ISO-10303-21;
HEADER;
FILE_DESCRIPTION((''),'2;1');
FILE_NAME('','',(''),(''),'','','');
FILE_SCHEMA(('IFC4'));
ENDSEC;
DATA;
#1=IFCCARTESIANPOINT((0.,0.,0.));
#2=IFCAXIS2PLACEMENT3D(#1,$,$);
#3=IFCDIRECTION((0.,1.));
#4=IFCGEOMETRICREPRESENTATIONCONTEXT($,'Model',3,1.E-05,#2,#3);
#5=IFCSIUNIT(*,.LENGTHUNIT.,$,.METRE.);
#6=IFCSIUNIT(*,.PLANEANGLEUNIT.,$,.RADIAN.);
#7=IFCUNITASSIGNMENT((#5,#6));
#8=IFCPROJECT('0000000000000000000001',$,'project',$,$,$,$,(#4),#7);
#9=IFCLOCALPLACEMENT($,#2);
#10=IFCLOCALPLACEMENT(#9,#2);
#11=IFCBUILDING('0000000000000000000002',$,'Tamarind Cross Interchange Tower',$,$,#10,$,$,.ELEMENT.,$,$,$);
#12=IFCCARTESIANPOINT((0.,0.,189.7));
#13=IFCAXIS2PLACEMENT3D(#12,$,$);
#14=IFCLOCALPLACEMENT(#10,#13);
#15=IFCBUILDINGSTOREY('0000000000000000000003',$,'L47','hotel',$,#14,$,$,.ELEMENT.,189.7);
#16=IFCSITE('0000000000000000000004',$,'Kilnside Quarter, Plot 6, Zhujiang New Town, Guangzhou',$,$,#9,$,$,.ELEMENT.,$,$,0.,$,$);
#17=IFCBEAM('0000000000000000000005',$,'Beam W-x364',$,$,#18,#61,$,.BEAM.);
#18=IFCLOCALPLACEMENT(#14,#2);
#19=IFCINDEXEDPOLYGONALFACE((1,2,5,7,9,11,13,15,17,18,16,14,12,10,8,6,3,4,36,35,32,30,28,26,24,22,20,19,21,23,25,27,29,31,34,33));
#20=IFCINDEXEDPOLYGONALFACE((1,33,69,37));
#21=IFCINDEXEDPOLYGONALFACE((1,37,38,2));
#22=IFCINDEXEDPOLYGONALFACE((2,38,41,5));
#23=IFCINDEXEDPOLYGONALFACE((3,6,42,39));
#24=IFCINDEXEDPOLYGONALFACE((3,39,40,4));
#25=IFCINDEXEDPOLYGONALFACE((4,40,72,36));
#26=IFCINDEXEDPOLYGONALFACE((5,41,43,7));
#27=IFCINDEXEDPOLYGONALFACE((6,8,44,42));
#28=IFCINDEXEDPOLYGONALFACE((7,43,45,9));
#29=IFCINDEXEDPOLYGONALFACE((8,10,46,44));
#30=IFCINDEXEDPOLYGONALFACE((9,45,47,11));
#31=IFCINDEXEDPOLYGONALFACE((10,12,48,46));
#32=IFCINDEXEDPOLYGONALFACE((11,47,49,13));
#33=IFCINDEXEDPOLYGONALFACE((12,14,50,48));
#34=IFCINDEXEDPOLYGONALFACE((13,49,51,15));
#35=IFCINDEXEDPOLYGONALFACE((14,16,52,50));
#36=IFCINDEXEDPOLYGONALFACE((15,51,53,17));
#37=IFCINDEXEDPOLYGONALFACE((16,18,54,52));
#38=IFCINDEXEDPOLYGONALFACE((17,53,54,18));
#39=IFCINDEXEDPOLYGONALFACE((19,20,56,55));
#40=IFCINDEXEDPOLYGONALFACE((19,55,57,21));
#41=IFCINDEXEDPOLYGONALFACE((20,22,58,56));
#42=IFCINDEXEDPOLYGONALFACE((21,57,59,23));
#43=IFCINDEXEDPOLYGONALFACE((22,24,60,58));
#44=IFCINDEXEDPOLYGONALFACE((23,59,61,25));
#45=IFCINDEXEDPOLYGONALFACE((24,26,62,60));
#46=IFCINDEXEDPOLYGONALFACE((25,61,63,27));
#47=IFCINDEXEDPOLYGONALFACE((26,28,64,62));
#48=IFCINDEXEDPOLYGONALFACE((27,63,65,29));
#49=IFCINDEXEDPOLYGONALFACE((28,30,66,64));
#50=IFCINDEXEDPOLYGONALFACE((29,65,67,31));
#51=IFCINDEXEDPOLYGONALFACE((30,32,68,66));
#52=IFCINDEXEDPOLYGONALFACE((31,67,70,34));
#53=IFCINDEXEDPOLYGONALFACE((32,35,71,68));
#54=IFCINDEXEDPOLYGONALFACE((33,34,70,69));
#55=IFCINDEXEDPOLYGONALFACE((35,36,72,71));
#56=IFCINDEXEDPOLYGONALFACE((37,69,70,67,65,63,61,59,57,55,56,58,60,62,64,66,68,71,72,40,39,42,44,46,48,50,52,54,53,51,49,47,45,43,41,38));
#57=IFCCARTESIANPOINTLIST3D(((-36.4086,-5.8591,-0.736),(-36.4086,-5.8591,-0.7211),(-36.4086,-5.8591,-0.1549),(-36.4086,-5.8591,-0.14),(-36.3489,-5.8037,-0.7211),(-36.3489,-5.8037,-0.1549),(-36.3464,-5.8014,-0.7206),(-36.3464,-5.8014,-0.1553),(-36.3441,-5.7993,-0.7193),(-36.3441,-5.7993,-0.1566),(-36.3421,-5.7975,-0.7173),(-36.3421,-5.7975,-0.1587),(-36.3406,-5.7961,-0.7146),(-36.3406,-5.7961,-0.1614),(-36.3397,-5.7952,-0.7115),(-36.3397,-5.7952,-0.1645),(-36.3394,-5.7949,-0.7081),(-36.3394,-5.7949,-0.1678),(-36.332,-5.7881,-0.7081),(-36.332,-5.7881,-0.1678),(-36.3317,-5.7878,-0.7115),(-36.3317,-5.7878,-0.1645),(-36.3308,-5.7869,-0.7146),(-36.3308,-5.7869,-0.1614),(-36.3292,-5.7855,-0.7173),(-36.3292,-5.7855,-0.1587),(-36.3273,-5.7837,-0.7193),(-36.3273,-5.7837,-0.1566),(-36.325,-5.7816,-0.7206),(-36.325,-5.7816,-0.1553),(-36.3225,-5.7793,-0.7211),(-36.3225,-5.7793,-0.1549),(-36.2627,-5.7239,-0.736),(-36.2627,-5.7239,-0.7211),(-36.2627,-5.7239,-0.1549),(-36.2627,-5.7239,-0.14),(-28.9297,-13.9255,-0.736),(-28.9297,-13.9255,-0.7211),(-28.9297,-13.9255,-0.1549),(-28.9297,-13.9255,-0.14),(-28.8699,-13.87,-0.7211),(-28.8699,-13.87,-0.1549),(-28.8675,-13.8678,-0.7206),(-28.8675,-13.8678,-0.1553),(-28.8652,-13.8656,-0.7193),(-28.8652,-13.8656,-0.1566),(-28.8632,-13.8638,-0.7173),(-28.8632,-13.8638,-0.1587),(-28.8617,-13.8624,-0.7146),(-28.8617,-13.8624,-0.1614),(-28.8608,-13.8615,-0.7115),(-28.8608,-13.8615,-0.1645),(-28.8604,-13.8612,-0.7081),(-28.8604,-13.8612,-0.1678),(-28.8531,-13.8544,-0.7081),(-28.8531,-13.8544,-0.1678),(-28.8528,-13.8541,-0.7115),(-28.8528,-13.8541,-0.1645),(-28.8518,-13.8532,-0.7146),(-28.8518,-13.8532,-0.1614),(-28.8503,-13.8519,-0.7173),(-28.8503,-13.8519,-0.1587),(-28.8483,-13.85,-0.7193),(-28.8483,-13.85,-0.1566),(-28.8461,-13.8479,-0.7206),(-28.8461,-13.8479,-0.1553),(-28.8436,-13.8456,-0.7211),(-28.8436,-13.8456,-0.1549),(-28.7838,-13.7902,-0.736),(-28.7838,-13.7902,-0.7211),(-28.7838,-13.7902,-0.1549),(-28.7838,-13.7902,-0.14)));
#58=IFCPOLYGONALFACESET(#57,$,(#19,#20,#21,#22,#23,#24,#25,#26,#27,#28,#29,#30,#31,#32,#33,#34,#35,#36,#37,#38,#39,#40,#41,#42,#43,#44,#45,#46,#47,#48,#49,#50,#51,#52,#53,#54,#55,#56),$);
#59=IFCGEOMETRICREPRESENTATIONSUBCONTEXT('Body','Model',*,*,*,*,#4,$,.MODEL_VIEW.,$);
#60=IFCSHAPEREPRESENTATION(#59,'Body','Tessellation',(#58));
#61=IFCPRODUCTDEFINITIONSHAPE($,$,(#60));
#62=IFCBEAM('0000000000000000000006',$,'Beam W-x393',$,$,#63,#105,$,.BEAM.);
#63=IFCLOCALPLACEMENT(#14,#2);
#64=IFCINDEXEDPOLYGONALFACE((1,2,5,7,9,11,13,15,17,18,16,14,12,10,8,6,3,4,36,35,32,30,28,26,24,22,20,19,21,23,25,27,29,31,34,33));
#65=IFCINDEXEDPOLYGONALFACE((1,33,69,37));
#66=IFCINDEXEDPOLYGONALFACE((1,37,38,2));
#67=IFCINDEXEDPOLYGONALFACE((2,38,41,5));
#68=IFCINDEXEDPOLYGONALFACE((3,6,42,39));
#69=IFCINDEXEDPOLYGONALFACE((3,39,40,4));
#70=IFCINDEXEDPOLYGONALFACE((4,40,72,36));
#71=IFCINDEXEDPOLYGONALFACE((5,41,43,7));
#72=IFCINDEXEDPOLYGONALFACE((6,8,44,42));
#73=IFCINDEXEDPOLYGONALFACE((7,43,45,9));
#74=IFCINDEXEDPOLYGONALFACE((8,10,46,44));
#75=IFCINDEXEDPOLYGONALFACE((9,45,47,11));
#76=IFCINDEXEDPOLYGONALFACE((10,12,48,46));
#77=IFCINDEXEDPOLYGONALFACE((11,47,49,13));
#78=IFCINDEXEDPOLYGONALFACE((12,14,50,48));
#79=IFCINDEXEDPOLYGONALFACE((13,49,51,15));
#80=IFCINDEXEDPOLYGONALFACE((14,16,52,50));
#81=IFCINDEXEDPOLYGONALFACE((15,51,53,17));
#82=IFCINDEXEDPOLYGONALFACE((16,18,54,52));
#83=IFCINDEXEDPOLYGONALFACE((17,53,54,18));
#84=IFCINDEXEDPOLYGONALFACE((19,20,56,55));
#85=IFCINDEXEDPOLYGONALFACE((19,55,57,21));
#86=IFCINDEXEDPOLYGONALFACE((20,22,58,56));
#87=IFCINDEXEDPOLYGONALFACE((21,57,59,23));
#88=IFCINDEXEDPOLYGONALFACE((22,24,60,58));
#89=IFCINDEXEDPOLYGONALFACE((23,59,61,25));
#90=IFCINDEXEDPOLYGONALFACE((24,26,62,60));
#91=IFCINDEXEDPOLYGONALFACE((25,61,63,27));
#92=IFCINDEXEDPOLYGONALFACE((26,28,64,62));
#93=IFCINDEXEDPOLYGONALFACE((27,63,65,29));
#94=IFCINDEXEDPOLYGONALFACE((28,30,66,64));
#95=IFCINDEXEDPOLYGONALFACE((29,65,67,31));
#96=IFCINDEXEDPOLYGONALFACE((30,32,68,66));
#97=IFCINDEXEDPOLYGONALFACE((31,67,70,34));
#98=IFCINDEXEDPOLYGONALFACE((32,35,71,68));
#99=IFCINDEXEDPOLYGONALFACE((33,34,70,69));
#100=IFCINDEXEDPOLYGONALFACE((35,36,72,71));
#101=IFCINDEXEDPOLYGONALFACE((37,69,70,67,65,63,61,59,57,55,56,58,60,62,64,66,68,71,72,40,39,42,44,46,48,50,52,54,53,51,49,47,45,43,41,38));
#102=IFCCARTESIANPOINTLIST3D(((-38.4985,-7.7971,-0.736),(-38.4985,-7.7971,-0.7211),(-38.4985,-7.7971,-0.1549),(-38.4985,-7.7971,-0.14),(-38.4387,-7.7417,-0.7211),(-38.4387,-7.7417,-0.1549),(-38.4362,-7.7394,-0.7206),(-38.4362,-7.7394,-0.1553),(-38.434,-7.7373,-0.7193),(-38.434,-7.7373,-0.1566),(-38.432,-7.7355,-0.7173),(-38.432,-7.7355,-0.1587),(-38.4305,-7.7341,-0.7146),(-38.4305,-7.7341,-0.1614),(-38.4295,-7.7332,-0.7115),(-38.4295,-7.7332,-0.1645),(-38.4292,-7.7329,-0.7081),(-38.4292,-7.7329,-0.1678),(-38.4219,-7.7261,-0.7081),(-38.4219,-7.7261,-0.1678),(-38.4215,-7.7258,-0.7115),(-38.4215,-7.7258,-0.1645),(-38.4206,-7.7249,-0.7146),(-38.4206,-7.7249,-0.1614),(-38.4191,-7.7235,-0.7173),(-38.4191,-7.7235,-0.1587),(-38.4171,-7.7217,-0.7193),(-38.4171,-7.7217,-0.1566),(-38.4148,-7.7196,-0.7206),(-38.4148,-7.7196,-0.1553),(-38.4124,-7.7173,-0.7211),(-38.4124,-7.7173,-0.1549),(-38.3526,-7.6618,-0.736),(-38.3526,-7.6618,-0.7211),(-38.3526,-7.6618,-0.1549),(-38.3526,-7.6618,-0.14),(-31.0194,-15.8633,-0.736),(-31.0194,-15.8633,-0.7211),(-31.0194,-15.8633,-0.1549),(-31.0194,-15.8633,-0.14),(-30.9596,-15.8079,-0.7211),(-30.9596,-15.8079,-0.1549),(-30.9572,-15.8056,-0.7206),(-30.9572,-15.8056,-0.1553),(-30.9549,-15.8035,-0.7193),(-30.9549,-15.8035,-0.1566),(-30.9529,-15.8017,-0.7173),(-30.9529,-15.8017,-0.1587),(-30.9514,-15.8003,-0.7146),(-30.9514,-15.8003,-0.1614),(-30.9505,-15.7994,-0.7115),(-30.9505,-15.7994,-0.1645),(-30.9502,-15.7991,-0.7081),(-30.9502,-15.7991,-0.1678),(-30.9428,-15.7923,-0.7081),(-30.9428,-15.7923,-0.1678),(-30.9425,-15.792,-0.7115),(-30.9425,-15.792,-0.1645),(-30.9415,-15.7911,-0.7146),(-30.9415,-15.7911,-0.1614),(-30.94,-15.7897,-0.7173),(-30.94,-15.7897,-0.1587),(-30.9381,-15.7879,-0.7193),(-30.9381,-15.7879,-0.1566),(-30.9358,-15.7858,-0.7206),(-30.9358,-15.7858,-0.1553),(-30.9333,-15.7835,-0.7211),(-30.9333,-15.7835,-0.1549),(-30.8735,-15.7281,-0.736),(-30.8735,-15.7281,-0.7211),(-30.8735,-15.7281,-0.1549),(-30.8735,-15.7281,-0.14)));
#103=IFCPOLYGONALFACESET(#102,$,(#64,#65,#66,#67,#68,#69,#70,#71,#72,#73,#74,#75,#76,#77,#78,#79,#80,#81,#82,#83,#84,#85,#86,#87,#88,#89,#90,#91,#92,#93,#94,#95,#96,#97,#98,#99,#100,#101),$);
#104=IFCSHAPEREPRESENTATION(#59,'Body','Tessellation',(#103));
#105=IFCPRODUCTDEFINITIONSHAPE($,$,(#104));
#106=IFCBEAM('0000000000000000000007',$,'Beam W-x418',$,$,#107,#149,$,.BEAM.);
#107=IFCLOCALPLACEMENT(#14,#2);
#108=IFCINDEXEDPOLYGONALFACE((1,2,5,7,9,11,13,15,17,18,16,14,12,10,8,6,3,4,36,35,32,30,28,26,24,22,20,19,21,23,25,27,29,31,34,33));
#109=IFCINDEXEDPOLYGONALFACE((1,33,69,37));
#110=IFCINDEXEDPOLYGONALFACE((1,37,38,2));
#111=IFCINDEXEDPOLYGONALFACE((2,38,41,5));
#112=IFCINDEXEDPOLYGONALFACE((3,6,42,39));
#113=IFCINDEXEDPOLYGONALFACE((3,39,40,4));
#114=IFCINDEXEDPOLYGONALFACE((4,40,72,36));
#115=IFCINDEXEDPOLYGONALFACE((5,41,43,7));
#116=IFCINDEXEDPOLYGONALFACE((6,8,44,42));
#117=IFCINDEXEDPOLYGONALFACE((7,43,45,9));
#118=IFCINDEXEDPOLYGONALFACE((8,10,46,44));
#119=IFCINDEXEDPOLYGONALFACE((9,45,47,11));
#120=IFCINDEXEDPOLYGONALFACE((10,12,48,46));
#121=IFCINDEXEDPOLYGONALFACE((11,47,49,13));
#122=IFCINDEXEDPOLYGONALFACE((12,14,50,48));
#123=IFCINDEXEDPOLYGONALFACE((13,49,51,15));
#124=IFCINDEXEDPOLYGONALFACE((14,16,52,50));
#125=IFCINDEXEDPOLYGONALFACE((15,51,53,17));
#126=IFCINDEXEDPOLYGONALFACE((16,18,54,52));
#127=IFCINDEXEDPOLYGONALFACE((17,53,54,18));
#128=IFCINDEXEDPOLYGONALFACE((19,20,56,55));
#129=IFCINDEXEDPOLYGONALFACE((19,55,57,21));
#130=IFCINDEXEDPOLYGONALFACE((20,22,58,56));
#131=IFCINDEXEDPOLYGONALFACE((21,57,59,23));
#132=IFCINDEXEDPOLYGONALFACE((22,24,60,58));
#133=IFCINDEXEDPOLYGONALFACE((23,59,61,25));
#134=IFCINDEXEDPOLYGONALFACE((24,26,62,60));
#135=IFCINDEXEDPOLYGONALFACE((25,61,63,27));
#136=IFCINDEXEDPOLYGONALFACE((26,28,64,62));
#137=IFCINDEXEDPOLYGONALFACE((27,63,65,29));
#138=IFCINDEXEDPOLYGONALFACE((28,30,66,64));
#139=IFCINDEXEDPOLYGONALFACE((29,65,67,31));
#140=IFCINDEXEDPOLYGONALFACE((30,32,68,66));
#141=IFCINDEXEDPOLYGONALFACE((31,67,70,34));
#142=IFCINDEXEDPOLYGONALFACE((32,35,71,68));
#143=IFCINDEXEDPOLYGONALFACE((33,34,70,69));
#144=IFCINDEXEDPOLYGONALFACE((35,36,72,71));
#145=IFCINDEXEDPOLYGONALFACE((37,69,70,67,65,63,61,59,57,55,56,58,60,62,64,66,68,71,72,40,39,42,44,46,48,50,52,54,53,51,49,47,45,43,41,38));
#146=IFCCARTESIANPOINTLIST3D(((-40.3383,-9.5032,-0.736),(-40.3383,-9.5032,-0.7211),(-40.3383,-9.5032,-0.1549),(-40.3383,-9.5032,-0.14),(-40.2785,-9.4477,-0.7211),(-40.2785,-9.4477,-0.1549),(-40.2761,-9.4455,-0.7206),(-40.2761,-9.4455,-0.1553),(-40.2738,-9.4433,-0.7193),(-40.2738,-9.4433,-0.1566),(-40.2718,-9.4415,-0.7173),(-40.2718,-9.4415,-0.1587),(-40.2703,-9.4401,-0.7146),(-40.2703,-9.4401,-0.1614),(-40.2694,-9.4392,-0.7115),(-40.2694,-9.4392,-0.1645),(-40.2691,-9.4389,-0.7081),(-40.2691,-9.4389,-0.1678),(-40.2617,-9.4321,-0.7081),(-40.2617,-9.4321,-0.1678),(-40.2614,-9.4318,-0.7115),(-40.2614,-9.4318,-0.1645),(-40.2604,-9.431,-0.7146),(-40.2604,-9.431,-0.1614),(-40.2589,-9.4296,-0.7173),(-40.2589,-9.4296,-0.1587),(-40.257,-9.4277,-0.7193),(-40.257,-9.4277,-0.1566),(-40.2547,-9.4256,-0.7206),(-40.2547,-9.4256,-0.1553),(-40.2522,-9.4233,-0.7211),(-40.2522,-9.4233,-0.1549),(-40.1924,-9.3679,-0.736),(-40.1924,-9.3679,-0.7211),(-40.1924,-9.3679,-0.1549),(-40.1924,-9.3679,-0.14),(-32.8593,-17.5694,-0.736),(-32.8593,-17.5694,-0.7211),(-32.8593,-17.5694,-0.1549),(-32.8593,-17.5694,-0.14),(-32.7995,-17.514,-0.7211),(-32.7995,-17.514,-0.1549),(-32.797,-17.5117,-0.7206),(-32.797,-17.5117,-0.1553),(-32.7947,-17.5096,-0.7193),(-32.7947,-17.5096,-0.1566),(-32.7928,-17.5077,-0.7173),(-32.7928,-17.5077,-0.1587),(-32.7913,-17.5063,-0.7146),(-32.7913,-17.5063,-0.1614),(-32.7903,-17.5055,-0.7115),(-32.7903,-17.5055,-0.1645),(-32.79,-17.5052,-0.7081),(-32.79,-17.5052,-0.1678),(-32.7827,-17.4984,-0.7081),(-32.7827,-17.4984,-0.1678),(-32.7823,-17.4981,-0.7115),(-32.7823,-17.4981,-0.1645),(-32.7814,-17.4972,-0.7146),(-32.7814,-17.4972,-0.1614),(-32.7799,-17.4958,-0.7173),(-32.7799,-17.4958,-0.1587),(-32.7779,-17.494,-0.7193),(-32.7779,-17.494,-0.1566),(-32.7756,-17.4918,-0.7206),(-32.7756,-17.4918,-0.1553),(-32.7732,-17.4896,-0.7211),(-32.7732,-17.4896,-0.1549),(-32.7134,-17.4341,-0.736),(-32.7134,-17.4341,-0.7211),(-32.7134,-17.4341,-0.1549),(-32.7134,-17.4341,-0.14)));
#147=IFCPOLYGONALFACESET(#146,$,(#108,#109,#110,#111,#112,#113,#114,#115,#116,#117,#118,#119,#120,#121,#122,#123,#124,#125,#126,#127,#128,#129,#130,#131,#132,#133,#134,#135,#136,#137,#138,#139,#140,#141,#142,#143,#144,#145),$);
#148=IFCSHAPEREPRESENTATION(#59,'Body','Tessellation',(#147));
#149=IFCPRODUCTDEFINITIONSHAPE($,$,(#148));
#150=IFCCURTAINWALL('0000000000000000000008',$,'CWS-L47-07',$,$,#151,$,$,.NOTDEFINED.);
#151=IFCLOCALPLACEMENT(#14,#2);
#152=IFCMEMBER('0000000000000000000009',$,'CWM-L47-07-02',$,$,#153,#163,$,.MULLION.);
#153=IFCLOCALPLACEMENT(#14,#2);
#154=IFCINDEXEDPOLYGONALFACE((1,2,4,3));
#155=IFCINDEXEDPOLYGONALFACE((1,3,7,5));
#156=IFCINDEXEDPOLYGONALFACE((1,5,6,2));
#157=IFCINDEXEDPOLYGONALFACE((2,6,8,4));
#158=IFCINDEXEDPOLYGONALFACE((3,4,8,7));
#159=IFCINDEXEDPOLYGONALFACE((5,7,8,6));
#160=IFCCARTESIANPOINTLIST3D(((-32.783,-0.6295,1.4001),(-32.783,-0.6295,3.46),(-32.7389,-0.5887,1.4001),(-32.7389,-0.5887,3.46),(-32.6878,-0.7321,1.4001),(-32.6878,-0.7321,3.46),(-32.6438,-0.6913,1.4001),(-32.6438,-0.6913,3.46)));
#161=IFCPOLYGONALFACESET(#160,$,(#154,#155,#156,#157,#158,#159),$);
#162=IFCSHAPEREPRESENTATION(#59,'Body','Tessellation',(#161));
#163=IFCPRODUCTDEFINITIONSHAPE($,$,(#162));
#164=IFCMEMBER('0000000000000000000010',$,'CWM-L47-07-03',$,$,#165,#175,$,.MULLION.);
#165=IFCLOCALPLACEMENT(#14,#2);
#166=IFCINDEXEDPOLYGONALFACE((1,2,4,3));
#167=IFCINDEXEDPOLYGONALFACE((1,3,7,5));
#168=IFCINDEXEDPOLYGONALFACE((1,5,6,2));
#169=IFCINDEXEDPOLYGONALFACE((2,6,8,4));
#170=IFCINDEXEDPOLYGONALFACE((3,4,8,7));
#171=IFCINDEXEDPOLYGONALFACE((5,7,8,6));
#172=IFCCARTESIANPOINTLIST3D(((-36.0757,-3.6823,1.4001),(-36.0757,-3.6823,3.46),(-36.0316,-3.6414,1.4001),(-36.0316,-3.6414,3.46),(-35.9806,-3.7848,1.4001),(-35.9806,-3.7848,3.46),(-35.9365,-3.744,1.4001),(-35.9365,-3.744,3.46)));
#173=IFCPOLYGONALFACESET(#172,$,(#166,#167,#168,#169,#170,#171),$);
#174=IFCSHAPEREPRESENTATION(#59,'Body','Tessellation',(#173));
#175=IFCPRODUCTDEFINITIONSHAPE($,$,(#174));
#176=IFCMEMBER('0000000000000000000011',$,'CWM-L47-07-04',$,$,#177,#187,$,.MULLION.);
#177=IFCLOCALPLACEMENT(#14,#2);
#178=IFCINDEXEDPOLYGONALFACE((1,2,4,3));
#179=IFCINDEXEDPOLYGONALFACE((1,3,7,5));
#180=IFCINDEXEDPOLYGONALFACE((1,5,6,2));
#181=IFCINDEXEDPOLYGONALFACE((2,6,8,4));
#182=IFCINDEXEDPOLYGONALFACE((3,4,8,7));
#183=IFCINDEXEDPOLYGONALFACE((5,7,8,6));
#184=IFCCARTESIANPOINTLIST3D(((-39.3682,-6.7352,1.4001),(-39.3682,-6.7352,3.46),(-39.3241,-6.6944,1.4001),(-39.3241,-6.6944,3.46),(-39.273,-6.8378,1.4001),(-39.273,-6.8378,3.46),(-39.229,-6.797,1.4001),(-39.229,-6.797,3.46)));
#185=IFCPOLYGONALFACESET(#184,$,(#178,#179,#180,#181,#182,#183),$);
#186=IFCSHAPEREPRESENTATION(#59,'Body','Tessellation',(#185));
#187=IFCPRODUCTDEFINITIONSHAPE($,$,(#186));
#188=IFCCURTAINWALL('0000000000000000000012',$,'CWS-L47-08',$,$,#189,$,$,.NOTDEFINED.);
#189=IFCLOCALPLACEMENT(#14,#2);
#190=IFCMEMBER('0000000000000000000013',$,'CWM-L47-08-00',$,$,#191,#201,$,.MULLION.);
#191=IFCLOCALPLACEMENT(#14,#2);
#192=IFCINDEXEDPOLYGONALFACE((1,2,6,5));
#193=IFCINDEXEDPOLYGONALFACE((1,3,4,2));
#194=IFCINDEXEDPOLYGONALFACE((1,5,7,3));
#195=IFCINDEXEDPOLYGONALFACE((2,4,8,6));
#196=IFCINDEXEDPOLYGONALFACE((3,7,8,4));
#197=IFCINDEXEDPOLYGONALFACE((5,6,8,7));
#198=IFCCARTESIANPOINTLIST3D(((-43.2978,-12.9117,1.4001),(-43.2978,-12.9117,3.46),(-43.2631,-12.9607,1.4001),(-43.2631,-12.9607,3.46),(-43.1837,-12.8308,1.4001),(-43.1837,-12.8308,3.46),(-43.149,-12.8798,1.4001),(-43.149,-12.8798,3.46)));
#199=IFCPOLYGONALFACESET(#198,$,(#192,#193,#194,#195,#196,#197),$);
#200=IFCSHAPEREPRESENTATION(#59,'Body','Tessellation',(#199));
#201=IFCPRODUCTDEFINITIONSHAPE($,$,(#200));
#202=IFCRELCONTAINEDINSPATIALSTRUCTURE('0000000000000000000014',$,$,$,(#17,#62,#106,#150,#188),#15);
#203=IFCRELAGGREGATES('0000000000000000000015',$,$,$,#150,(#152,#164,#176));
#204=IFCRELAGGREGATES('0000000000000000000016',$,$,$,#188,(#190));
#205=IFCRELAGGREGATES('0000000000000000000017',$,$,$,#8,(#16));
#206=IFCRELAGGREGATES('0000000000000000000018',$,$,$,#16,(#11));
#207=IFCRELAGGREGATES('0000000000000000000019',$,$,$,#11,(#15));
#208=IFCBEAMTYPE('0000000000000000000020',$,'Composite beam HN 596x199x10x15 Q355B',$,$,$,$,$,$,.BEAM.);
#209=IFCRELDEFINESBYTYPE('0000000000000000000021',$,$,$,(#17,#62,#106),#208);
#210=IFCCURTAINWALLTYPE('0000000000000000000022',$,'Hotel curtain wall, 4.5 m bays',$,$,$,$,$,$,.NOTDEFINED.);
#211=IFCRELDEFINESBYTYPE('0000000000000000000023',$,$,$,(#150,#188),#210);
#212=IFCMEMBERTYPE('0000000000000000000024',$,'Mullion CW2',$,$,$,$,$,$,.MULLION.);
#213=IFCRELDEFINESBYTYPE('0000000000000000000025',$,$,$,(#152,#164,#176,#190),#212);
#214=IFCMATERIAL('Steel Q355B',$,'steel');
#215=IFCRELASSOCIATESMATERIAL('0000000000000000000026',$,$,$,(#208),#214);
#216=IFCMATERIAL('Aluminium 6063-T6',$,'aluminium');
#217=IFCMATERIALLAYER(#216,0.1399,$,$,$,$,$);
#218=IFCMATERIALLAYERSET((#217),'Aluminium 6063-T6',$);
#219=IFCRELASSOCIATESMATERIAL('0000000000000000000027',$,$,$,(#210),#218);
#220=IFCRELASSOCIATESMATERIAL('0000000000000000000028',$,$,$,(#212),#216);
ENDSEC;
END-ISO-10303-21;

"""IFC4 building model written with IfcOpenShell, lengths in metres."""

from ifc_helpers import new_model, si_unit, direction, frame, origin, origin_2d, place, context, subcontext, project, spatial, rectangle, i_section, extrude, material, layer, layer_set, material_profile, profile_set, type_object, element, aggregate, save


model = new_model("IFC4")

# Units and contexts
model_context = context("Model", 3, precision=1e-05, world=origin(), true_north=direction((0.0, 1.0)))
body_context = subcontext(model_context, "Body", "Model", "MODEL_VIEW")
ifc_project = project(units=[si_unit("LENGTHUNIT", "METRE"), si_unit("PLANEANGLEUNIT", "RADIAN")], contexts=[model_context])

# Site, building, storey
site_placement = place(None, origin())
site = spatial("IfcSite", under=ifc_project, at=site_placement, Name="Kilnside Quarter, Plot 6, Zhujiang New Town, Guangzhou", CompositionType="ELEMENT", RefElevation=0.0)
building_placement = place(site_placement, origin())
building = spatial("IfcBuilding", under=site, at=building_placement, Name="Tamarind Cross Interchange Tower", CompositionType="ELEMENT")
storey_placement = place(building_placement, frame((0.0, 0.0, 189.7)))
storey = spatial("IfcBuildingStorey", under=building, at=storey_placement, Name="L47", Description="hotel", CompositionType="ELEMENT", Elevation=189.7)

# Beams
ifc_material_1 = material(Name="Steel Q355B", Category="steel")
ifc_material_profile_1 = material_profile(ifc_material_1, i_section(OverallWidth=0.199, OverallDepth=0.5959, WebThickness=0.01, FlangeThickness=0.0149, FilletRadius=0.0129, at=origin_2d()), Name="HN 596x199x10x15")
ifc_profile_set_1 = profile_set([ifc_material_profile_1], Name="Steel Q355B")
beam_type_1 = type_object("IfcBeamType", Name="Composite beam HN 596x199x10x15 Q355B", PredefinedType="BEAM", material=ifc_profile_set_1)
for number, where, z_axis, x_axis, name in (
    (1, (-36.3357, -5.7915, -0.438), (0.679903, -0.733302, 0.0), (0.733302, 0.679903, 0.0), "Beam W-x364"),
    (2, (-38.4255, -7.7295, -0.438), (0.679914, -0.733292, 0.0), (0.733292, 0.679914, 0.0), "Beam W-x393"),
    (3, (-40.2654, -9.4355, -0.438), (0.679914, -0.733292, 0.0), (0.733292, 0.679914, 0.0), "Beam W-x418"),
):
    element("IfcBeam", number, at=place(storey_placement, frame(where, z_axis=z_axis, x_axis=x_axis)), inside=storey, type_object=beam_type_1, Name=name, PredefinedType="BEAM", context=body_context, shape_type="SweptSolid", body=[
        extrude(i_section(OverallWidth=0.199, OverallDepth=0.5959, WebThickness=0.01, FlangeThickness=0.0149, FilletRadius=0.0129, at=origin_2d()), origin(), (0.0, 0.0, 1.0), 11.0),
    ])

# Curtain walls, members
ifc_material_2 = material(Name="Aluminium 6063-T6", Category="aluminium")
ifc_layer_1 = layer(ifc_material_2, 0.1399)
ifc_layer_set_1 = layer_set([ifc_layer_1], Name="Aluminium 6063-T6")
curtain_wall_type = type_object("IfcCurtainWallType", Name="Hotel curtain wall, 4.5 m bays", PredefinedType="NOTDEFINED", material=ifc_layer_set_1)
curtain_wall_1_placement = place(storey_placement, origin())
curtain_wall_1 = element("IfcCurtainWall", 4, at=curtain_wall_1_placement, inside=storey, type_object=curtain_wall_type, Name="CWS-L47-07", PredefinedType="NOTDEFINED")
ifc_material_profile_2 = material_profile(ifc_material_2, rectangle(XDim=0.0601, YDim=0.1399, at=origin_2d()), Name="Mullion CW2")
ifc_profile_set_2 = profile_set([ifc_material_profile_2], Name="Aluminium 6063-T6")
member_type = type_object("IfcMemberType", Name="Mullion CW2", PredefinedType="MULLION", material=ifc_profile_set_2)
member_1_placement = place(storey_placement, frame((-32.7134, -0.6604, 1.4001), z_axis=(0.0, 0.0, 1.0), x_axis=(-0.733293, -0.679912, 0.0)))
member_1 = element("IfcMember", 5, at=member_1_placement, type_object=member_type, Name="CWM-L47-07-02", PredefinedType="MULLION", context=body_context, shape_type="SweptSolid", body=[
    extrude(rectangle(XDim=0.0601, YDim=0.1399, at=origin_2d()), origin(), (0.0, 0.0, 1.0), 2.0598),
])
member_2_placement = place(storey_placement, frame((-36.0061, -3.7131, 1.4001), z_axis=(0.0, 0.0, 1.0), x_axis=(-0.733293, -0.679912, 0.0)))
member_2 = element("IfcMember", 6, at=member_2_placement, type_object=member_type, Name="CWM-L47-07-03", PredefinedType="MULLION", context=body_context, shape_type="SweptSolid", body=[
    extrude(rectangle(XDim=0.0601, YDim=0.1399, at=origin_2d()), origin(), (0.0, 0.0, 1.0), 2.0598),
])
member_3_placement = place(storey_placement, frame((-39.2986, -6.7661, 1.4001), z_axis=(0.0, 0.0, 1.0), x_axis=(-0.733293, -0.679912, 0.0)))
member_3 = element("IfcMember", 7, at=member_3_placement, type_object=member_type, Name="CWM-L47-07-04", PredefinedType="MULLION", context=body_context, shape_type="SweptSolid", body=[
    extrude(rectangle(XDim=0.0601, YDim=0.1399, at=origin_2d()), origin(), (0.0, 0.0, 1.0), 2.0598),
])
aggregate(curtain_wall_1, [member_1, member_2, member_3])
curtain_wall_2_placement = place(storey_placement, origin())
curtain_wall_2 = element("IfcCurtainWall", 8, at=curtain_wall_2_placement, inside=storey, type_object=curtain_wall_type, Name="CWS-L47-08", PredefinedType="NOTDEFINED")
member_4_placement = place(storey_placement, frame((-43.2234, -12.8958, 1.4001), z_axis=(0.0, 0.0, 1.0), x_axis=(0.578382, -0.815766, 0.0)))
member_4 = element("IfcMember", 9, at=member_4_placement, type_object=member_type, Name="CWM-L47-08-00", PredefinedType="MULLION", context=body_context, shape_type="SweptSolid", body=[
    extrude(rectangle(XDim=0.0601, YDim=0.1399, at=origin_2d()), origin(), (0.0, 0.0, 1.0), 2.0598),
])
aggregate(curtain_wall_2, [member_4])

save(model, "model.ifc")
